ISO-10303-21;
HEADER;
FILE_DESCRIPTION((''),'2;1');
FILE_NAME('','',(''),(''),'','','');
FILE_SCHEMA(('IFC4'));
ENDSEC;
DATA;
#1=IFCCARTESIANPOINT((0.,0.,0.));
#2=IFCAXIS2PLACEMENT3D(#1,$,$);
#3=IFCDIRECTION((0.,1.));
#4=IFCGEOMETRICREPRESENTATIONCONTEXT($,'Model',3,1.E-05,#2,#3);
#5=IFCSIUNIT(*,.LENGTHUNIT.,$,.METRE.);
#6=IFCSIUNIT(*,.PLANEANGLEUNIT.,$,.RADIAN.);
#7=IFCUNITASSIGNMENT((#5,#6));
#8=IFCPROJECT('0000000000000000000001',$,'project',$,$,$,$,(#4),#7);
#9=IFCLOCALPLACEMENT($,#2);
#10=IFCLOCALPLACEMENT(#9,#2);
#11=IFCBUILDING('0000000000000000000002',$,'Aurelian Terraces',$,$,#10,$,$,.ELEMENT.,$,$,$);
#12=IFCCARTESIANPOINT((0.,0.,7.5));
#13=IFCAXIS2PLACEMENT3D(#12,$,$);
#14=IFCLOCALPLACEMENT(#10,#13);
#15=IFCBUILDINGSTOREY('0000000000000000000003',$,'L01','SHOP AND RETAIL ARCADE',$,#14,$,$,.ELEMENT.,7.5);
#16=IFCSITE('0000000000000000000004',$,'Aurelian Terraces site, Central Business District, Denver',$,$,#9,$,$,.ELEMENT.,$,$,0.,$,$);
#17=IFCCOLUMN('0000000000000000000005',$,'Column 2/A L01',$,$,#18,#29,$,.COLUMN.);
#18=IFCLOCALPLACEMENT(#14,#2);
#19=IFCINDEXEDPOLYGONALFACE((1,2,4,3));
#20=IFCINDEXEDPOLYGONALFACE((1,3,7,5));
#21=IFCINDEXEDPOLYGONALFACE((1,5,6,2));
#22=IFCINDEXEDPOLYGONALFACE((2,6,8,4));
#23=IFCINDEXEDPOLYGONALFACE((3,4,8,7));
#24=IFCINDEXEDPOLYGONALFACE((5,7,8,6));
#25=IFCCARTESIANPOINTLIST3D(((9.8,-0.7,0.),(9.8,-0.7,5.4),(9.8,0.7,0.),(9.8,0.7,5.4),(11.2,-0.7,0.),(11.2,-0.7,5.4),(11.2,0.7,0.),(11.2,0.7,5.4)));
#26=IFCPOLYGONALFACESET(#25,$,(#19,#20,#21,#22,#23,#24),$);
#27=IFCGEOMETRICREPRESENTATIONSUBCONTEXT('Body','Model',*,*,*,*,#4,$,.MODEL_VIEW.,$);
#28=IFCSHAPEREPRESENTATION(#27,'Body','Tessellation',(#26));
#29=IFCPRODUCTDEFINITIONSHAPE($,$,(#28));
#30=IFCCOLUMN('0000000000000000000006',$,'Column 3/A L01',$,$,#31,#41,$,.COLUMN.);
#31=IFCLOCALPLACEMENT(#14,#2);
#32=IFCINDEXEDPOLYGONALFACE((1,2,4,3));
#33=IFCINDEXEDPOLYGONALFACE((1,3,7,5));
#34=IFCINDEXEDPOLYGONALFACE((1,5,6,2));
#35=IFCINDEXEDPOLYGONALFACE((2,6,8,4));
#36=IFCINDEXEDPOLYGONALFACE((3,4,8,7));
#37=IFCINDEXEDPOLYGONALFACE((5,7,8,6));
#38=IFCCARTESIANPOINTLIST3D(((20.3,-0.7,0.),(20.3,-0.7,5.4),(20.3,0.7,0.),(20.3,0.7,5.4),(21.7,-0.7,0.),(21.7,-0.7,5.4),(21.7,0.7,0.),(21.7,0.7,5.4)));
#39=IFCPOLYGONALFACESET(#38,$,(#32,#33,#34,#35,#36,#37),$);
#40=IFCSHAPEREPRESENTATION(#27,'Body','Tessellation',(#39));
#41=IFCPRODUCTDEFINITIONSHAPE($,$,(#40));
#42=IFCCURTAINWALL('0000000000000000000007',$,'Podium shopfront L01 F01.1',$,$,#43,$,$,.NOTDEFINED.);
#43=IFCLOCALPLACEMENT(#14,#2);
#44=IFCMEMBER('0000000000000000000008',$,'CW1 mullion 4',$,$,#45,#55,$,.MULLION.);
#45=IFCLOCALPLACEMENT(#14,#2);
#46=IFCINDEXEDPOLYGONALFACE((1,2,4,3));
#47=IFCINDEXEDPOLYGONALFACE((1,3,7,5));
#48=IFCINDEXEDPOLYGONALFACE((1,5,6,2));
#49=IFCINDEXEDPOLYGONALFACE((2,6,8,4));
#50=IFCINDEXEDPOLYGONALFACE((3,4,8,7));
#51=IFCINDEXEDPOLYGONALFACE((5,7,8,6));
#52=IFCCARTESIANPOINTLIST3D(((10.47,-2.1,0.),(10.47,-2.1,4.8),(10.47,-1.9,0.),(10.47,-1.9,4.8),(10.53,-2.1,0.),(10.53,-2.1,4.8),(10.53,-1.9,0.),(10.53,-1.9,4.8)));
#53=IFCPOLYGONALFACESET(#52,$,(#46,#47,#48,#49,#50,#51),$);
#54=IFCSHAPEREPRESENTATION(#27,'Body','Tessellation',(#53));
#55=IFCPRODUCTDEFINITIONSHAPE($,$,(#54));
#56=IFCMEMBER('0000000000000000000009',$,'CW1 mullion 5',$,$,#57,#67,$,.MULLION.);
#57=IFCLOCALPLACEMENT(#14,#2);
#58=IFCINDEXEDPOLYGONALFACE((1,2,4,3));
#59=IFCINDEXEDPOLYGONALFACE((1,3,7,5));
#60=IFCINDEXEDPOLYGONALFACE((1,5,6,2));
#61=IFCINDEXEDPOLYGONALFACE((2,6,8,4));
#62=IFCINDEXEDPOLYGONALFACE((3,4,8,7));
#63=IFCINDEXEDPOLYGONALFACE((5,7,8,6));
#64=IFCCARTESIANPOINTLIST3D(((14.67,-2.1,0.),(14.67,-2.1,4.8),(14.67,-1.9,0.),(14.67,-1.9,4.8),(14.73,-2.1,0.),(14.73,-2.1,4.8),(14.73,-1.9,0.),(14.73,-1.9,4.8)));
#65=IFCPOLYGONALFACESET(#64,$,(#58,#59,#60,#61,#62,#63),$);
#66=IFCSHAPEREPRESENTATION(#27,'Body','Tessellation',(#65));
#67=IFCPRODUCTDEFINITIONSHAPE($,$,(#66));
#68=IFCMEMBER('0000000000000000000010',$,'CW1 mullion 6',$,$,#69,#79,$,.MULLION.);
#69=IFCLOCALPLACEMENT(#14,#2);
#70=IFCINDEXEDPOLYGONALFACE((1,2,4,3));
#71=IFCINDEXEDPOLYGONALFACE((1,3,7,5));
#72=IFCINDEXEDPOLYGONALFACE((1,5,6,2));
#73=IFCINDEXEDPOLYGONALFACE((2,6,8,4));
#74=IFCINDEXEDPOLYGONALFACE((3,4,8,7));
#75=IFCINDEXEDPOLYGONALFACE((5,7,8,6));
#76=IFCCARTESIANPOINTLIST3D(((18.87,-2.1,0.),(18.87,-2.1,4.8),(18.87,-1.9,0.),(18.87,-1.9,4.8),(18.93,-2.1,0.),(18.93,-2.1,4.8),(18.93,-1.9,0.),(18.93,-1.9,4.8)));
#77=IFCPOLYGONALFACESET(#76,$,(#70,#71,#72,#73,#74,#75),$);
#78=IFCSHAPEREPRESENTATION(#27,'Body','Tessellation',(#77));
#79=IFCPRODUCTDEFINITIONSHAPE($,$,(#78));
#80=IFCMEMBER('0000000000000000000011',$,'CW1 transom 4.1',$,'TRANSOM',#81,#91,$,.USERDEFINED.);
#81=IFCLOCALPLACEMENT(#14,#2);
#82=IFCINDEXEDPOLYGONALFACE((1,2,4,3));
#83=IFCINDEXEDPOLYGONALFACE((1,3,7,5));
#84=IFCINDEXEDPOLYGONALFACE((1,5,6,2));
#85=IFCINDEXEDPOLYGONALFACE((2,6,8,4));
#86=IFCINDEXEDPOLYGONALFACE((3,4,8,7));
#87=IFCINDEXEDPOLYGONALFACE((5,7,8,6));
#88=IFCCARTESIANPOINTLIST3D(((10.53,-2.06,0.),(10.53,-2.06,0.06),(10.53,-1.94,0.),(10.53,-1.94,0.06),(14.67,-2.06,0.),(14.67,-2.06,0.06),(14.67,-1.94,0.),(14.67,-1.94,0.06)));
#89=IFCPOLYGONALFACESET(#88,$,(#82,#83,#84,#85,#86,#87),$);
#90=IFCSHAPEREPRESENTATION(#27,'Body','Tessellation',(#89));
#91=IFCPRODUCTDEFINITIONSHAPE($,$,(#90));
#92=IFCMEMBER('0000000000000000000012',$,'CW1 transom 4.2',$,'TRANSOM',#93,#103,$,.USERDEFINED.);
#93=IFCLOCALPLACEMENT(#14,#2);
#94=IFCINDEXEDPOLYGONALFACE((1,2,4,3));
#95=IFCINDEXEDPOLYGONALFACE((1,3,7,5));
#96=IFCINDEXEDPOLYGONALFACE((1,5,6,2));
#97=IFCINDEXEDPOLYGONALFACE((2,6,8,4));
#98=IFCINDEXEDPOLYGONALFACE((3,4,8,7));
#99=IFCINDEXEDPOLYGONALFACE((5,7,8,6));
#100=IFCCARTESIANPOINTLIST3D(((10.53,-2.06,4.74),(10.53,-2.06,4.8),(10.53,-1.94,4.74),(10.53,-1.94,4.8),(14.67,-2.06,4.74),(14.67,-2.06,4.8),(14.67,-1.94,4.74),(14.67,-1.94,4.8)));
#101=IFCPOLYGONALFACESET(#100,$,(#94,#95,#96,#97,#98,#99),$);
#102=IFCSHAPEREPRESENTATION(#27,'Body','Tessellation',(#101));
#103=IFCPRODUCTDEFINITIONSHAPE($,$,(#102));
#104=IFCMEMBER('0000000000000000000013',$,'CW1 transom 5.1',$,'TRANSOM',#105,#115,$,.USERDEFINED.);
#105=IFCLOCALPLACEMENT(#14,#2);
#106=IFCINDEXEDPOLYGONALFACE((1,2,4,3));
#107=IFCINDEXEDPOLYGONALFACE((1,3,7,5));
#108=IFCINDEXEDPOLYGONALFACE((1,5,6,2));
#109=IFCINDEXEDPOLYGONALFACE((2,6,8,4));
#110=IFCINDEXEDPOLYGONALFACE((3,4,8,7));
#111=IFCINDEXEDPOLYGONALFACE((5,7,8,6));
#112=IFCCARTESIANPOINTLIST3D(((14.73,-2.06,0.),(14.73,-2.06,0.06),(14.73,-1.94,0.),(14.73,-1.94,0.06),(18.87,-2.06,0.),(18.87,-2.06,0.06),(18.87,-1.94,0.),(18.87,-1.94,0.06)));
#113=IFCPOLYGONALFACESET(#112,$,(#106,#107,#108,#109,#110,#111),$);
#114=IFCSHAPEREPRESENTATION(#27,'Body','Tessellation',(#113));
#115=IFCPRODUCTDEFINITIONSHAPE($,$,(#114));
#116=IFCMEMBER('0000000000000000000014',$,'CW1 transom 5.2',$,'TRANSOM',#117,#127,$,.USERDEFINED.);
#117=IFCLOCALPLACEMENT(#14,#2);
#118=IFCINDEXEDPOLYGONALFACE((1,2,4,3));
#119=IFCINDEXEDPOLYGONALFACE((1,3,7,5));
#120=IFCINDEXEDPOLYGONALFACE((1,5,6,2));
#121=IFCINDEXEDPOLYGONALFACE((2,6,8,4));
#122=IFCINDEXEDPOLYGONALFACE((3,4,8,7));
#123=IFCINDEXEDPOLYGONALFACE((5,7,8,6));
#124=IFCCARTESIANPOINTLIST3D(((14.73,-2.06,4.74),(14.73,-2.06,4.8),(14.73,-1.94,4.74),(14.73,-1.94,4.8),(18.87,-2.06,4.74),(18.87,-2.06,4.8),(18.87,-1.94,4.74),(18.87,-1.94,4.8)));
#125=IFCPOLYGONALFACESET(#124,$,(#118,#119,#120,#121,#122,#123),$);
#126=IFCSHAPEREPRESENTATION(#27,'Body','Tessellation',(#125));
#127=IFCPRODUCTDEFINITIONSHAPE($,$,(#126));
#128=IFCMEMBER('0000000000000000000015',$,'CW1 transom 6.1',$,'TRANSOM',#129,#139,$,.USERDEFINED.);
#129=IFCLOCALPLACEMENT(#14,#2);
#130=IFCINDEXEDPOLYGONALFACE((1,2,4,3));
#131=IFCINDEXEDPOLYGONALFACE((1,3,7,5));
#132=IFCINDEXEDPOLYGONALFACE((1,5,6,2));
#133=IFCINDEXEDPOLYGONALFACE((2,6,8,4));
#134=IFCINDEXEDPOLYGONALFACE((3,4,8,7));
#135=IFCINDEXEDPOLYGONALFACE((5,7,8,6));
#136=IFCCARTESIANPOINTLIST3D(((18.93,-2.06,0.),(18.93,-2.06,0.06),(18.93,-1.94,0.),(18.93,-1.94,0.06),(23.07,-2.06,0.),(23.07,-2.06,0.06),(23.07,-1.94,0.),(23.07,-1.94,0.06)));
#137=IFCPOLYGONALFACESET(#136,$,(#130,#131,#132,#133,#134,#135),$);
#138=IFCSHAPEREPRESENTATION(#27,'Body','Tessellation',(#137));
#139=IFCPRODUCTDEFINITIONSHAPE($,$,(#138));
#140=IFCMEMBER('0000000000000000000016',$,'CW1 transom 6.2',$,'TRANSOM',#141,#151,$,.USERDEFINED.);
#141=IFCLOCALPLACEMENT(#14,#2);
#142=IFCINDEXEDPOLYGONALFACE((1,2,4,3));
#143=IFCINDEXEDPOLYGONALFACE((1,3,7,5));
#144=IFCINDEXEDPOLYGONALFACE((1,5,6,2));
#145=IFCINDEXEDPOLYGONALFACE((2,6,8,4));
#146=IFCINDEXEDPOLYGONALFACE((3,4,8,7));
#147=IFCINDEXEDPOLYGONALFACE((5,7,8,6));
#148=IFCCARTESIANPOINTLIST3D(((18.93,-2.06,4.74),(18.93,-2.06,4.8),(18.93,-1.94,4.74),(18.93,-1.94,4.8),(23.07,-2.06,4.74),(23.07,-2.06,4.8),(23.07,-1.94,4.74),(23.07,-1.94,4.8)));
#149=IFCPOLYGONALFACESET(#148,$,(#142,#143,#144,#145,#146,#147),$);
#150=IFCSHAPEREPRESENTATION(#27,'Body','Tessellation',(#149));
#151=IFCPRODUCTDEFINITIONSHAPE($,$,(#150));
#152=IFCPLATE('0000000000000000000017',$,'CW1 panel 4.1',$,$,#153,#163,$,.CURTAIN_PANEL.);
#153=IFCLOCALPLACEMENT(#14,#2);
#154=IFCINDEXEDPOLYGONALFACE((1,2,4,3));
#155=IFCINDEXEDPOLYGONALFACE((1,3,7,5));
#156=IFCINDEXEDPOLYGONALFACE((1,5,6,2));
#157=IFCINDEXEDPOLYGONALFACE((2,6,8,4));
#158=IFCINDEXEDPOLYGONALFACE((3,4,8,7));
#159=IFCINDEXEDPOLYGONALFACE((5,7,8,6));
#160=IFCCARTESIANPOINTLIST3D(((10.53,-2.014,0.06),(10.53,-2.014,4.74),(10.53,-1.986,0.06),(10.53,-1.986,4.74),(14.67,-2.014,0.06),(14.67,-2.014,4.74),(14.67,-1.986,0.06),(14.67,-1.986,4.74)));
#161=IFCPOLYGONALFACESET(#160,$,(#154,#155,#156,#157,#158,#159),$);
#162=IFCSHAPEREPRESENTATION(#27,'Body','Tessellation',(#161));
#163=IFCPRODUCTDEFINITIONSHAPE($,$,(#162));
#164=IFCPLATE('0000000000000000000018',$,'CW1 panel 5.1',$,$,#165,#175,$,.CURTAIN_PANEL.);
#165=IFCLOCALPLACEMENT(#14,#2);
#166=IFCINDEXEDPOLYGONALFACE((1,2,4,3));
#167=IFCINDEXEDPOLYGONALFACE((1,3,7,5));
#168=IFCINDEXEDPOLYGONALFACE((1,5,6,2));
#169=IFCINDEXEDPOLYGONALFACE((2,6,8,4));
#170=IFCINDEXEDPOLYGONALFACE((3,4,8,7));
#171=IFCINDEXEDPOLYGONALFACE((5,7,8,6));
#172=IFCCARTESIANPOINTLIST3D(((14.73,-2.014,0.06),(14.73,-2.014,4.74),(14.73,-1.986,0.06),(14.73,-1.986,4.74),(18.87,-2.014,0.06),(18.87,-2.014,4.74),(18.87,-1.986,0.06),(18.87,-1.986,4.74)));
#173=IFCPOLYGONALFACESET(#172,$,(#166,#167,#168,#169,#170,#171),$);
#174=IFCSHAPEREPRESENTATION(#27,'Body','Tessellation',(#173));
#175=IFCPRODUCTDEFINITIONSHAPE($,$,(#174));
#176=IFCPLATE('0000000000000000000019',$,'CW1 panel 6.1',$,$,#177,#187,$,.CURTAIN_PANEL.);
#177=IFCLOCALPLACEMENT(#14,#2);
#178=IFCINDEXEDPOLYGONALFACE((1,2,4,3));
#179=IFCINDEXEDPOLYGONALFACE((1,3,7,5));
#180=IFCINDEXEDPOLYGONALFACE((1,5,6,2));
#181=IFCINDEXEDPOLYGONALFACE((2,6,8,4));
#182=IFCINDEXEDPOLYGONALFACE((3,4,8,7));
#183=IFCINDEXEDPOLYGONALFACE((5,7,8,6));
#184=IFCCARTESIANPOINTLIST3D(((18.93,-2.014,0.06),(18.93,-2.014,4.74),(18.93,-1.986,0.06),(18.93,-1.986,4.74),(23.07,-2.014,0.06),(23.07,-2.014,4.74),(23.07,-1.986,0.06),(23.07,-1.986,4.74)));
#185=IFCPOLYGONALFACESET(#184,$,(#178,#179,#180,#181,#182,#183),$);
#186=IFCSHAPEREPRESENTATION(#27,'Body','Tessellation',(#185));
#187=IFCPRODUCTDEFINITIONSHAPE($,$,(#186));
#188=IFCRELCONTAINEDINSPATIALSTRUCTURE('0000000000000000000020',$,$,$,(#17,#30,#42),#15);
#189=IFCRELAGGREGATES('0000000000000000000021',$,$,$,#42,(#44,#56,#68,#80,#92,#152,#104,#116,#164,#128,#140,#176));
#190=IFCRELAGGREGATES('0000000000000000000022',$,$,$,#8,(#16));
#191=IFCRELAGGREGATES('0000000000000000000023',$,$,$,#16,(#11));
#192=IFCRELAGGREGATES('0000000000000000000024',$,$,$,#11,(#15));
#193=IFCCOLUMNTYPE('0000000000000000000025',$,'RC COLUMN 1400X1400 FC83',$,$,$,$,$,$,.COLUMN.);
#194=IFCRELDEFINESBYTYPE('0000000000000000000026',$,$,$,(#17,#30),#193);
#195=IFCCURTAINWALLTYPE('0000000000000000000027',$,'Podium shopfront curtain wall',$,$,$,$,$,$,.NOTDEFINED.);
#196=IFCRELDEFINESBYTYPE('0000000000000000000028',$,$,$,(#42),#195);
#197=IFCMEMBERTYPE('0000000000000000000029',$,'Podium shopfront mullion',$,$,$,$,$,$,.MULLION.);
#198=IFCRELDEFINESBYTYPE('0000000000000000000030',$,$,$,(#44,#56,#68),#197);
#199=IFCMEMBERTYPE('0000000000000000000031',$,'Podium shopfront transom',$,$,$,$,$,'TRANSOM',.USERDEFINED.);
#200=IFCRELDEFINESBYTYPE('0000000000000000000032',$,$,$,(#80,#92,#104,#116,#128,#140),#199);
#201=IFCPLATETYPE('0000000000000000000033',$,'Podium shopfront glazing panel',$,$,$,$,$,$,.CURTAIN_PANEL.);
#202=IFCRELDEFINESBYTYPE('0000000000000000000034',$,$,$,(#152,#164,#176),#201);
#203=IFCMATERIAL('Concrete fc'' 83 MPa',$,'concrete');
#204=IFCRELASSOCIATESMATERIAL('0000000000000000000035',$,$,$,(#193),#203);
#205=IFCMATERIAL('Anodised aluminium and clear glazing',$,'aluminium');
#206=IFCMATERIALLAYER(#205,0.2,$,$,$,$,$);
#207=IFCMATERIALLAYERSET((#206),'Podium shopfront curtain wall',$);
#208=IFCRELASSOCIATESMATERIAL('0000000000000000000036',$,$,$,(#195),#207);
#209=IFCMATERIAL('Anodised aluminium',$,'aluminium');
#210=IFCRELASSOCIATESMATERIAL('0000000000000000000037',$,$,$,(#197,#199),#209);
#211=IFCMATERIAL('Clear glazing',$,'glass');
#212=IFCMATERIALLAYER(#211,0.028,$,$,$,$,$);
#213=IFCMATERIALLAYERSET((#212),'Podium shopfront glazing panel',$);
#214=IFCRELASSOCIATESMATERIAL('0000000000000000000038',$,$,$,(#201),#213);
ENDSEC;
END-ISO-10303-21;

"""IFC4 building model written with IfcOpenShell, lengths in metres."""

from ifc_helpers import new_model, si_unit, direction, frame, origin, origin_2d, place, context, subcontext, project, spatial, rectangle, extrude, source, transform, mapped, material, layer, layer_set, material_profile, profile_set, type_object, element, aggregate, save


model = new_model("IFC4")

# Units and contexts
model_context = context("Model", 3, precision=1e-05, world=origin(), true_north=direction((0.0, 1.0)))
body_context = subcontext(model_context, "Body", "Model", "MODEL_VIEW")
ifc_project = project(units=[si_unit("LENGTHUNIT", "METRE"), si_unit("PLANEANGLEUNIT", "RADIAN")], contexts=[model_context])

# Site, building, storey
site_placement = place(None, origin())
site = spatial("IfcSite", under=ifc_project, at=site_placement, Name="Aurelian Terraces site, Central Business District, Denver", CompositionType="ELEMENT", RefElevation=0.0)
building_placement = place(site_placement, origin())
building = spatial("IfcBuilding", under=site, at=building_placement, Name="Aurelian Terraces", CompositionType="ELEMENT")
storey_placement = place(building_placement, frame((0.0, 0.0, 7.5)))
storey = spatial("IfcBuildingStorey", under=building, at=storey_placement, Name="L01", Description="SHOP AND RETAIL ARCADE", CompositionType="ELEMENT", Elevation=7.5)

# Columns
ifc_material_1 = material(Name="Concrete fc' 83 MPa", Category="concrete")
ifc_material_profile_1 = material_profile(ifc_material_1, rectangle(XDim=1.4, YDim=1.4, at=origin_2d()))
ifc_profile_set_1 = profile_set([ifc_material_profile_1], Name="Concrete fc' 83 MPa")
column_type = type_object("IfcColumnType", Name="RC COLUMN 1400X1400 FC83", PredefinedType="COLUMN", material=ifc_profile_set_1)
shared_shape_1 = source(origin(), body_context, "Body", "SweptSolid", [
    extrude(rectangle(XDim=1.4, YDim=1.4, at=origin_2d()), origin(), (0.0, 0.0, 1.0), 5.4),
])
for number, where, z_axis, x_axis, name in (
    (1, (10.5, 0.0, 0.0), (0.0, 0.0, 1.0), (1.0, 0.0, 0.0), "Column 2/A L01"),
    (2, (21.0, 0.0, 0.0), (0.0, 0.0, 1.0), (1.0, 0.0, 0.0), "Column 3/A L01"),
):
    element("IfcColumn", number, at=place(storey_placement, frame(where, z_axis=z_axis, x_axis=x_axis)), inside=storey, type_object=column_type, Name=name, PredefinedType="COLUMN", context=body_context, shape_type="MappedRepresentation", body=[
        mapped(shared_shape_1, transform((0.0, 0.0, 0.0), scale=1.0)),
    ])

# Curtain wall, members, plates
ifc_material_2 = material(Name="Anodised aluminium and clear glazing", Category="aluminium")
ifc_layer_1 = layer(ifc_material_2, 0.2)
ifc_layer_set_1 = layer_set([ifc_layer_1], Name="Podium shopfront curtain wall")
curtain_wall_type = type_object("IfcCurtainWallType", Name="Podium shopfront curtain wall", PredefinedType="NOTDEFINED", material=ifc_layer_set_1)
curtain_wall_placement = place(storey_placement, origin())
curtain_wall = element("IfcCurtainWall", 3, at=curtain_wall_placement, inside=storey, type_object=curtain_wall_type, Name="Podium shopfront L01 F01.1", PredefinedType="NOTDEFINED")
ifc_material_3 = material(Name="Anodised aluminium", Category="aluminium")
ifc_material_profile_2 = material_profile(ifc_material_3, rectangle(XDim=0.2, YDim=0.06, at=origin_2d()))
ifc_profile_set_2 = profile_set([ifc_material_profile_2], Name="Anodised aluminium")
member_type_1 = type_object("IfcMemberType", Name="Podium shopfront mullion", PredefinedType="MULLION", material=ifc_profile_set_2)
shared_shape_2 = source(origin(), body_context, "Body", "SweptSolid", [
    extrude(rectangle(XDim=0.2, YDim=0.06, at=origin_2d()), origin(), (0.0, 0.0, 1.0), 4.8),
])
member_1_placement = place(storey_placement, frame((10.5, -2.0, 0.0), z_axis=(0.0, 0.0, 1.0), x_axis=(0.0, 1.0, 0.0)))
member_1 = element("IfcMember", 4, at=member_1_placement, type_object=member_type_1, Name="CW1 mullion 4", PredefinedType="MULLION", context=body_context, shape_type="MappedRepresentation", body=[
    mapped(shared_shape_2, transform((0.0, 0.0, 0.0), scale=1.0)),
])
member_2_placement = place(storey_placement, frame((14.7, -2.0, 0.0), z_axis=(0.0, 0.0, 1.0), x_axis=(0.0, 1.0, 0.0)))
member_2 = element("IfcMember", 5, at=member_2_placement, type_object=member_type_1, Name="CW1 mullion 5", PredefinedType="MULLION", context=body_context, shape_type="MappedRepresentation", body=[
    mapped(shared_shape_2, transform((0.0, 0.0, 0.0), scale=1.0)),
])
member_3_placement = place(storey_placement, frame((18.9, -2.0, 0.0), z_axis=(0.0, 0.0, 1.0), x_axis=(0.0, 1.0, 0.0)))
member_3 = element("IfcMember", 6, at=member_3_placement, type_object=member_type_1, Name="CW1 mullion 6", PredefinedType="MULLION", context=body_context, shape_type="MappedRepresentation", body=[
    mapped(shared_shape_2, transform((0.0, 0.0, 0.0), scale=1.0)),
])
ifc_material_profile_3 = material_profile(ifc_material_3, rectangle(XDim=0.12, YDim=0.06, at=origin_2d()))
ifc_profile_set_3 = profile_set([ifc_material_profile_3], Name="Anodised aluminium")
member_type_2 = type_object("IfcMemberType", Name="Podium shopfront transom", ElementType="TRANSOM", PredefinedType="USERDEFINED", material=ifc_profile_set_3)
shared_shape_3 = source(origin(), body_context, "Body", "SweptSolid", [
    extrude(rectangle(XDim=0.12, YDim=0.06, at=origin_2d()), origin(), (0.0, 0.0, 1.0), 4.14),
])
member_4_placement = place(storey_placement, frame((10.53, -2.0, 0.03), z_axis=(1.0, 0.0, 0.0), x_axis=(0.0, 1.0, 0.0)))
member_4 = element("IfcMember", 7, at=member_4_placement, type_object=member_type_2, Name="CW1 transom 4.1", ObjectType="TRANSOM", PredefinedType="USERDEFINED", context=body_context, shape_type="MappedRepresentation", body=[
    mapped(shared_shape_3, transform((0.0, 0.0, 0.0), scale=1.0)),
])
member_5_placement = place(storey_placement, frame((10.53, -2.0, 4.77), z_axis=(1.0, 0.0, 0.0), x_axis=(0.0, 1.0, 0.0)))
member_5 = element("IfcMember", 8, at=member_5_placement, type_object=member_type_2, Name="CW1 transom 4.2", ObjectType="TRANSOM", PredefinedType="USERDEFINED", context=body_context, shape_type="MappedRepresentation", body=[
    mapped(shared_shape_3, transform((0.0, 0.0, 0.0), scale=1.0)),
])
member_6_placement = place(storey_placement, frame((14.73, -2.0, 0.03), z_axis=(1.0, 0.0, 0.0), x_axis=(0.0, 1.0, 0.0)))
member_6 = element("IfcMember", 9, at=member_6_placement, type_object=member_type_2, Name="CW1 transom 5.1", ObjectType="TRANSOM", PredefinedType="USERDEFINED", context=body_context, shape_type="MappedRepresentation", body=[
    mapped(shared_shape_3, transform((0.0, 0.0, 0.0), scale=1.0)),
])
member_7_placement = place(storey_placement, frame((14.73, -2.0, 4.77), z_axis=(1.0, 0.0, 0.0), x_axis=(0.0, 1.0, 0.0)))
member_7 = element("IfcMember", 10, at=member_7_placement, type_object=member_type_2, Name="CW1 transom 5.2", ObjectType="TRANSOM", PredefinedType="USERDEFINED", context=body_context, shape_type="MappedRepresentation", body=[
    mapped(shared_shape_3, transform((0.0, 0.0, 0.0), scale=1.0)),
])
member_8_placement = place(storey_placement, frame((18.93, -2.0, 0.03), z_axis=(1.0, 0.0, 0.0), x_axis=(0.0, 1.0, 0.0)))
member_8 = element("IfcMember", 11, at=member_8_placement, type_object=member_type_2, Name="CW1 transom 6.1", ObjectType="TRANSOM", PredefinedType="USERDEFINED", context=body_context, shape_type="MappedRepresentation", body=[
    mapped(shared_shape_3, transform((0.0, 0.0, 0.0), scale=1.0)),
])
member_9_placement = place(storey_placement, frame((18.93, -2.0, 4.77), z_axis=(1.0, 0.0, 0.0), x_axis=(0.0, 1.0, 0.0)))
member_9 = element("IfcMember", 12, at=member_9_placement, type_object=member_type_2, Name="CW1 transom 6.2", ObjectType="TRANSOM", PredefinedType="USERDEFINED", context=body_context, shape_type="MappedRepresentation", body=[
    mapped(shared_shape_3, transform((0.0, 0.0, 0.0), scale=1.0)),
])
ifc_material_4 = material(Name="Clear glazing", Category="glass")
ifc_layer_2 = layer(ifc_material_4, 0.028)
ifc_layer_set_2 = layer_set([ifc_layer_2], Name="Podium shopfront glazing panel")
plate_type = type_object("IfcPlateType", Name="Podium shopfront glazing panel", PredefinedType="CURTAIN_PANEL", material=ifc_layer_set_2)
shared_shape_4 = source(origin(), body_context, "Body", "SweptSolid", [
    extrude(rectangle(XDim=4.14, YDim=0.028, at=origin_2d()), origin(), (0.0, 0.0, 1.0), 4.68),
])
plate_1_placement = place(storey_placement, frame((12.6, -2.0, 0.06), z_axis=(0.0, 0.0, 1.0), x_axis=(1.0, 0.0, 0.0)))
plate_1 = element("IfcPlate", 13, at=plate_1_placement, type_object=plate_type, Name="CW1 panel 4.1", PredefinedType="CURTAIN_PANEL", context=body_context, shape_type="MappedRepresentation", body=[
    mapped(shared_shape_4, transform((0.0, 0.0, 0.0), scale=1.0)),
])
plate_2_placement = place(storey_placement, frame((16.8, -2.0, 0.06), z_axis=(0.0, 0.0, 1.0), x_axis=(1.0, 0.0, 0.0)))
plate_2 = element("IfcPlate", 14, at=plate_2_placement, type_object=plate_type, Name="CW1 panel 5.1", PredefinedType="CURTAIN_PANEL", context=body_context, shape_type="MappedRepresentation", body=[
    mapped(shared_shape_4, transform((0.0, 0.0, 0.0), scale=1.0)),
])
plate_3_placement = place(storey_placement, frame((21.0, -2.0, 0.06), z_axis=(0.0, 0.0, 1.0), x_axis=(1.0, 0.0, 0.0)))
plate_3 = element("IfcPlate", 15, at=plate_3_placement, type_object=plate_type, Name="CW1 panel 6.1", PredefinedType="CURTAIN_PANEL", context=body_context, shape_type="MappedRepresentation", body=[
    mapped(shared_shape_4, transform((0.0, 0.0, 0.0), scale=1.0)),
])
aggregate(curtain_wall, [member_1, member_2, member_3, member_4, member_5, plate_1, member_6, member_7, plate_2, member_8, member_9, plate_3])

save(model, "model.ifc")
